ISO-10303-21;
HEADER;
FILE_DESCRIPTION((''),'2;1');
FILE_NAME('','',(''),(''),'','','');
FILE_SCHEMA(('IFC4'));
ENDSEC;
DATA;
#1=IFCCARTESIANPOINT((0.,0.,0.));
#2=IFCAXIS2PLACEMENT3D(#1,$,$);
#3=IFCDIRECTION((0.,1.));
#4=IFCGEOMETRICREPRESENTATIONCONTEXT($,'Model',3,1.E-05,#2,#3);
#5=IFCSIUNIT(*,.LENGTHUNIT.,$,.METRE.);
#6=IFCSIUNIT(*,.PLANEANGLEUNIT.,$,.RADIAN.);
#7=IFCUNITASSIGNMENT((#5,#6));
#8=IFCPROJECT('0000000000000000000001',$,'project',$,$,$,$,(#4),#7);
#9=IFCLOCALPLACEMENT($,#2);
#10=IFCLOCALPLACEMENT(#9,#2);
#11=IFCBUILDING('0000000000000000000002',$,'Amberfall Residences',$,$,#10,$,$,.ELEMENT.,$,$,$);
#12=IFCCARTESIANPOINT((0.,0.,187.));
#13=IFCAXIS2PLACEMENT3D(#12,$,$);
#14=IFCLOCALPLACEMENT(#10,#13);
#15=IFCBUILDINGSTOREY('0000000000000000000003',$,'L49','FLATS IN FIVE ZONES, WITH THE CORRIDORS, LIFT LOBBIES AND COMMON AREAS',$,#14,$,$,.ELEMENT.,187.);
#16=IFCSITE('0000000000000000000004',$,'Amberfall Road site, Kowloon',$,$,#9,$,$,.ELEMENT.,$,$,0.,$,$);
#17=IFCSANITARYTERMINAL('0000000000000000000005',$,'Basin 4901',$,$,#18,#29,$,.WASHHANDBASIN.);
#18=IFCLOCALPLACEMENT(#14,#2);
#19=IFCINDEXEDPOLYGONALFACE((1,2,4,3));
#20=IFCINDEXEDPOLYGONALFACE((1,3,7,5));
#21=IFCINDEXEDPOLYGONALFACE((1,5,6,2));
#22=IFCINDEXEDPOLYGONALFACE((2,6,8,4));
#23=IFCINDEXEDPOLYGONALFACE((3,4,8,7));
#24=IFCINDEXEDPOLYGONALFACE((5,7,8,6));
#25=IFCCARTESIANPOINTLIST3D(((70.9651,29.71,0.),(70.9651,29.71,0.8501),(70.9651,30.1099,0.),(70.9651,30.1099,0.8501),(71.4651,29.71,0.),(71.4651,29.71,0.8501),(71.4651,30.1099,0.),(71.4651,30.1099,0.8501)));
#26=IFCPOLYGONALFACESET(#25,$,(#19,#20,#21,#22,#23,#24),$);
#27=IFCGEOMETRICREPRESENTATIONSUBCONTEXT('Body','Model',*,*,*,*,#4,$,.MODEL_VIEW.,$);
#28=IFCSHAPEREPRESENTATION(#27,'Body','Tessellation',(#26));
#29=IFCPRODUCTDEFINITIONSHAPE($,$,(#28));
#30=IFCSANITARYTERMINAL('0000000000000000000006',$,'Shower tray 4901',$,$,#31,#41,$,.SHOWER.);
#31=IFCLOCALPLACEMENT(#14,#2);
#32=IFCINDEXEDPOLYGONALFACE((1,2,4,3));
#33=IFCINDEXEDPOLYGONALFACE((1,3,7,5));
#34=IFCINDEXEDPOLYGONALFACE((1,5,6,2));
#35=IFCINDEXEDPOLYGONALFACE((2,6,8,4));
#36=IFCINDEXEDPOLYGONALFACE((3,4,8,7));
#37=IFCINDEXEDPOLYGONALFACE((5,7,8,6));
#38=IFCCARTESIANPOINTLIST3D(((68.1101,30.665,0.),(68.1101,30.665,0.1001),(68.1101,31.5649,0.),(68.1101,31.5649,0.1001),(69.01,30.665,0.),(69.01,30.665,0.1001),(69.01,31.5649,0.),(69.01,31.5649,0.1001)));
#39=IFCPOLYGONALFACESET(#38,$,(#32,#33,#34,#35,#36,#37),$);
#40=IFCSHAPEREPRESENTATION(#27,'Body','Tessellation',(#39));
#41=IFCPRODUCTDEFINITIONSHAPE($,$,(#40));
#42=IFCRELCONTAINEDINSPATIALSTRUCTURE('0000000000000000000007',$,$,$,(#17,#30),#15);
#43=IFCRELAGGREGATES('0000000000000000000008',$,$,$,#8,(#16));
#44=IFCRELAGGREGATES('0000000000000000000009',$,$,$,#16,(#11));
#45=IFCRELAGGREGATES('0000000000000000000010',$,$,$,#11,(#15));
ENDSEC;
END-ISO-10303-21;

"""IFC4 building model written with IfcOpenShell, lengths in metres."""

from ifc_helpers import new_model, si_unit, direction, frame, origin, origin_2d, place, context, subcontext, project, spatial, rectangle, extrude, element, save


model = new_model("IFC4")

# Units and contexts
model_context = context("Model", 3, precision=1e-05, world=origin(), true_north=direction((0.0, 1.0)))
body_context = subcontext(model_context, "Body", "Model", "MODEL_VIEW")
ifc_project = project(units=[si_unit("LENGTHUNIT", "METRE"), si_unit("PLANEANGLEUNIT", "RADIAN")], contexts=[model_context])

# Site, building, storey
site_placement = place(None, origin())
site = spatial("IfcSite", under=ifc_project, at=site_placement, Name="Amberfall Road site, Kowloon", CompositionType="ELEMENT", RefElevation=0.0)
building_placement = place(site_placement, origin())
building = spatial("IfcBuilding", under=site, at=building_placement, Name="Amberfall Residences", CompositionType="ELEMENT")
storey_placement = place(building_placement, frame((0.0, 0.0, 187.0)))
storey = spatial("IfcBuildingStorey", under=building, at=storey_placement, Name="L49", Description="FLATS IN FIVE ZONES, WITH THE CORRIDORS, LIFT LOBBIES AND COMMON AREAS", CompositionType="ELEMENT", Elevation=187.0)

# Sanitary terminals
sanitary_terminal_1_placement = place(storey_placement, frame((71.2151, 29.9099, 0.0), z_axis=(0.0, 0.0, 1.0), x_axis=(1.0, 0.0, 0.0)))
element("IfcSanitaryTerminal", 1, at=sanitary_terminal_1_placement, inside=storey, Name="Basin 4901", PredefinedType="WASHHANDBASIN", context=body_context, shape_type="SweptSolid", body=[
    extrude(rectangle(XDim=0.5, YDim=0.3999, at=origin_2d()), origin(), (0.0, 0.0, 1.0), 0.8501),
])
sanitary_terminal_2_placement = place(storey_placement, frame((68.5601, 31.115, 0.0), z_axis=(0.0, 0.0, 1.0), x_axis=(1.0, 0.0, 0.0)))
element("IfcSanitaryTerminal", 2, at=sanitary_terminal_2_placement, inside=storey, Name="Shower tray 4901", PredefinedType="SHOWER", context=body_context, shape_type="SweptSolid", body=[
    extrude(rectangle(XDim=0.8999, YDim=0.8999, at=origin_2d()), origin(), (0.0, 0.0, 1.0), 0.1001),
])

save(model, "model.ifc")
